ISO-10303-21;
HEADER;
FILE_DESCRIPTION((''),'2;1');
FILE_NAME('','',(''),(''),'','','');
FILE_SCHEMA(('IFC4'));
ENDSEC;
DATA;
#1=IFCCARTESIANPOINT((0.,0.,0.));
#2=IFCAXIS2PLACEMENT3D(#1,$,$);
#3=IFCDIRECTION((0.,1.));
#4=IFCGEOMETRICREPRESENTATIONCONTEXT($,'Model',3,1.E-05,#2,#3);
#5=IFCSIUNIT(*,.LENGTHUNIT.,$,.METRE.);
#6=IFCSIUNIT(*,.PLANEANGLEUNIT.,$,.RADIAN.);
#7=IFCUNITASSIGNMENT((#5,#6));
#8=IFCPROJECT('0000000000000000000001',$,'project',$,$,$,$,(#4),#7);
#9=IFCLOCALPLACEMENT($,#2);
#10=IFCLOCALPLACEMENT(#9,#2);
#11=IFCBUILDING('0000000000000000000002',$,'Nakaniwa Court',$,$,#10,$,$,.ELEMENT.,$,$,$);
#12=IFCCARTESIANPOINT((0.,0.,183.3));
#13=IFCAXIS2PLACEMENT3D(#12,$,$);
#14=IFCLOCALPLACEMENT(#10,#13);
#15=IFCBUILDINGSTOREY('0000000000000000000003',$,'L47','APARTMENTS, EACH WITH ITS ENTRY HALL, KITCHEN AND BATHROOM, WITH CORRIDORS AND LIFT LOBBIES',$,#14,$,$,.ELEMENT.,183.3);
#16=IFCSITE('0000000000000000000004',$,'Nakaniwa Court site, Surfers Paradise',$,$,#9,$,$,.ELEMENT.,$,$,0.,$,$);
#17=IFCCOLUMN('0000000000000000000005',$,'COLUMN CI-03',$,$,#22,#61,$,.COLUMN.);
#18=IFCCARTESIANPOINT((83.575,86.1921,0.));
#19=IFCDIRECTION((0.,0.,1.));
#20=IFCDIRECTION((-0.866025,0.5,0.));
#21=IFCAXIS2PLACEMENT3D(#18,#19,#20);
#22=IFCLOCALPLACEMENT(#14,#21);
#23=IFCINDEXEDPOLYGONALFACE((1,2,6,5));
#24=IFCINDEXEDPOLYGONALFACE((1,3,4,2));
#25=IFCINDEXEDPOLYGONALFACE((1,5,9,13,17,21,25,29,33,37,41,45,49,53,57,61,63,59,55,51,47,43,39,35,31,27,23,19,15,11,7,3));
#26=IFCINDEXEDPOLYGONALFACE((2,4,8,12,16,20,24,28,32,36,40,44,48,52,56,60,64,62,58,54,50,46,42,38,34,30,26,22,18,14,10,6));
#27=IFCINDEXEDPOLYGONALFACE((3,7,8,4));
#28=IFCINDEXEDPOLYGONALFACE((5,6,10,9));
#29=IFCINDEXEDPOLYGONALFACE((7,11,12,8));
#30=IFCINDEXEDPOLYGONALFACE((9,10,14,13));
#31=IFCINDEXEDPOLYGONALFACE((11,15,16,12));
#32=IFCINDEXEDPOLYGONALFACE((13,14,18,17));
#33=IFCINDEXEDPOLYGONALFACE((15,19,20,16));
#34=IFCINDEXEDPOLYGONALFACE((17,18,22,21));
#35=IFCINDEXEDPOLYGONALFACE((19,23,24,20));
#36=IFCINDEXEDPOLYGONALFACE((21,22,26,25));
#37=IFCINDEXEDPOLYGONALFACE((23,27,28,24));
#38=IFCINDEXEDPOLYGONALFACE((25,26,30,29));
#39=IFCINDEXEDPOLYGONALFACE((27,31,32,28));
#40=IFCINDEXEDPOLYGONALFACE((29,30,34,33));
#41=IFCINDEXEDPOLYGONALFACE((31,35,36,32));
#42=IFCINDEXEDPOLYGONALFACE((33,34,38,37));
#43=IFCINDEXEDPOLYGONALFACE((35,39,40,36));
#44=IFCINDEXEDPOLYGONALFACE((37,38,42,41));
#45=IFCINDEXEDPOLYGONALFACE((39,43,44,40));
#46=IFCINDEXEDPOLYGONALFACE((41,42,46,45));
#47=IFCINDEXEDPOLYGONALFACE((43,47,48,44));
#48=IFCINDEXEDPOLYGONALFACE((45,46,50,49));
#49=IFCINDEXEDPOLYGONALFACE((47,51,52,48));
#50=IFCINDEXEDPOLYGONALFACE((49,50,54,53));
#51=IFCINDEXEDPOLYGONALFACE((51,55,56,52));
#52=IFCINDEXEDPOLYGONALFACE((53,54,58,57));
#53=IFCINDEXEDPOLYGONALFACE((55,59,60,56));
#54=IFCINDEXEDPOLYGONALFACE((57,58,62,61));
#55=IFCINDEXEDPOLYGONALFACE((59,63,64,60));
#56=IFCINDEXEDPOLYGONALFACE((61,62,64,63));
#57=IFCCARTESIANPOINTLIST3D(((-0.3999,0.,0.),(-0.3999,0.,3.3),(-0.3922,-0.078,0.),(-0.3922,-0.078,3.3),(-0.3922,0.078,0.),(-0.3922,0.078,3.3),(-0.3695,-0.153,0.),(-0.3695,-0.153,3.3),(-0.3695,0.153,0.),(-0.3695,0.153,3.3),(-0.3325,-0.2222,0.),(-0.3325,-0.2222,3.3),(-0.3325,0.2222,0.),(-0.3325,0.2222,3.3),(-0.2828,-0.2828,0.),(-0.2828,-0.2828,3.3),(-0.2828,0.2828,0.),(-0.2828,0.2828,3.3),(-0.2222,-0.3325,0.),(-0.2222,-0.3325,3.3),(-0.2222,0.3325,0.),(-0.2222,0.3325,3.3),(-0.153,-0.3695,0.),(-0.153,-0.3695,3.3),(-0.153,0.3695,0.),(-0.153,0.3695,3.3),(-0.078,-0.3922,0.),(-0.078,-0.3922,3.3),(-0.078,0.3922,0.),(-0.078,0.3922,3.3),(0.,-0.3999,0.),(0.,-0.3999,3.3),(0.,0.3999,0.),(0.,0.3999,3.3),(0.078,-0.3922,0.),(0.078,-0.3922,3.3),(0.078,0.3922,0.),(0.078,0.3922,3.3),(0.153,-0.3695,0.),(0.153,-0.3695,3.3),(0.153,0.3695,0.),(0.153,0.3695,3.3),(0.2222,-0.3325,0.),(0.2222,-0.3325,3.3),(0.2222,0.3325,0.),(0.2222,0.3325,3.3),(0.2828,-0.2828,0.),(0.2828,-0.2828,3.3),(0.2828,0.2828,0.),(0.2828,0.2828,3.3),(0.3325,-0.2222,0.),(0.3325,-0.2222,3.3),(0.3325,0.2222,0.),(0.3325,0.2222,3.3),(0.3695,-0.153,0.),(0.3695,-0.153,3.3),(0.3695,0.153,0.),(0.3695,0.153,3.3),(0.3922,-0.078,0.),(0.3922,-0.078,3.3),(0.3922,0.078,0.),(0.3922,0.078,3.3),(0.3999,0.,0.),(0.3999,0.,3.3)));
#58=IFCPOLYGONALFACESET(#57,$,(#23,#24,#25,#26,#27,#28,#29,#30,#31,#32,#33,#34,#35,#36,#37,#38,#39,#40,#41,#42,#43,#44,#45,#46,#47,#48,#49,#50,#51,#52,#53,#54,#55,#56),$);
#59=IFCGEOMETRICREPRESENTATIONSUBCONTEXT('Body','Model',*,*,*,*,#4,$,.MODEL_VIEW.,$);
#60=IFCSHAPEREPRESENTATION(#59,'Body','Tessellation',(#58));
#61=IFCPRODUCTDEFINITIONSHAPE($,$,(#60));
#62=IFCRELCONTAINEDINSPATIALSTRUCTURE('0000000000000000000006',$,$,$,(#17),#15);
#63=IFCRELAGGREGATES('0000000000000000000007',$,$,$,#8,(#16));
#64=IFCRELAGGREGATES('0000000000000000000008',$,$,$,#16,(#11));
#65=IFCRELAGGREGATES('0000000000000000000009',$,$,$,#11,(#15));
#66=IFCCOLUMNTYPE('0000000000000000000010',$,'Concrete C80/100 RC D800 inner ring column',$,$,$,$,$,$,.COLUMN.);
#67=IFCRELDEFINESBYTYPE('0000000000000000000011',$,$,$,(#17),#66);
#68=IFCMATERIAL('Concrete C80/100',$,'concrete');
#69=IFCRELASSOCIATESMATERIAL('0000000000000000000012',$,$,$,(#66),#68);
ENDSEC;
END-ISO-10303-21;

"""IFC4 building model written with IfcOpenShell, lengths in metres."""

from ifc_helpers import new_model, si_unit, direction, frame, origin, origin_2d, place, context, subcontext, project, spatial, circle, extrude, material, material_profile, profile_set, type_object, element, save


model = new_model("IFC4")

# Units and contexts
model_context = context("Model", 3, precision=1e-05, world=origin(), true_north=direction((0.0, 1.0)))
body_context = subcontext(model_context, "Body", "Model", "MODEL_VIEW")
ifc_project = project(units=[si_unit("LENGTHUNIT", "METRE"), si_unit("PLANEANGLEUNIT", "RADIAN")], contexts=[model_context])

# Site, building, storey
site_placement = place(None, origin())
site = spatial("IfcSite", under=ifc_project, at=site_placement, Name="Nakaniwa Court site, Surfers Paradise", CompositionType="ELEMENT", RefElevation=0.0)
building_placement = place(site_placement, origin())
building = spatial("IfcBuilding", under=site, at=building_placement, Name="Nakaniwa Court", CompositionType="ELEMENT")
storey_placement = place(building_placement, frame((0.0, 0.0, 183.3)))
storey = spatial("IfcBuildingStorey", under=building, at=storey_placement, Name="L47", Description="APARTMENTS, EACH WITH ITS ENTRY HALL, KITCHEN AND BATHROOM, WITH CORRIDORS AND LIFT LOBBIES", CompositionType="ELEMENT", Elevation=183.3)

# Column
ifc_material_1 = material(Name="Concrete C80/100", Category="concrete")
ifc_material_profile_1 = material_profile(ifc_material_1, circle(Radius=0.3999, at=origin_2d()), Name="Concrete C80/100 RC D800 inner ring column")
ifc_profile_set_1 = profile_set([ifc_material_profile_1], Name="Concrete C80/100")
column_type_1 = type_object("IfcColumnType", Name="Concrete C80/100 RC D800 inner ring column", PredefinedType="COLUMN", material=ifc_profile_set_1)
column_1_placement = place(storey_placement, frame((83.575, 86.1921, 0.0), z_axis=(0.0, 0.0, 1.0), x_axis=(-0.866025, 0.5, 0.0)))
element("IfcColumn", 1, at=column_1_placement, inside=storey, type_object=column_type_1, Name="COLUMN CI-03", PredefinedType="COLUMN", context=body_context, shape_type="SweptSolid", body=[
    extrude(circle(Radius=0.3999, at=origin_2d()), origin(), (0.0, 0.0, 1.0), 3.3),
])

save(model, "model.ifc")
